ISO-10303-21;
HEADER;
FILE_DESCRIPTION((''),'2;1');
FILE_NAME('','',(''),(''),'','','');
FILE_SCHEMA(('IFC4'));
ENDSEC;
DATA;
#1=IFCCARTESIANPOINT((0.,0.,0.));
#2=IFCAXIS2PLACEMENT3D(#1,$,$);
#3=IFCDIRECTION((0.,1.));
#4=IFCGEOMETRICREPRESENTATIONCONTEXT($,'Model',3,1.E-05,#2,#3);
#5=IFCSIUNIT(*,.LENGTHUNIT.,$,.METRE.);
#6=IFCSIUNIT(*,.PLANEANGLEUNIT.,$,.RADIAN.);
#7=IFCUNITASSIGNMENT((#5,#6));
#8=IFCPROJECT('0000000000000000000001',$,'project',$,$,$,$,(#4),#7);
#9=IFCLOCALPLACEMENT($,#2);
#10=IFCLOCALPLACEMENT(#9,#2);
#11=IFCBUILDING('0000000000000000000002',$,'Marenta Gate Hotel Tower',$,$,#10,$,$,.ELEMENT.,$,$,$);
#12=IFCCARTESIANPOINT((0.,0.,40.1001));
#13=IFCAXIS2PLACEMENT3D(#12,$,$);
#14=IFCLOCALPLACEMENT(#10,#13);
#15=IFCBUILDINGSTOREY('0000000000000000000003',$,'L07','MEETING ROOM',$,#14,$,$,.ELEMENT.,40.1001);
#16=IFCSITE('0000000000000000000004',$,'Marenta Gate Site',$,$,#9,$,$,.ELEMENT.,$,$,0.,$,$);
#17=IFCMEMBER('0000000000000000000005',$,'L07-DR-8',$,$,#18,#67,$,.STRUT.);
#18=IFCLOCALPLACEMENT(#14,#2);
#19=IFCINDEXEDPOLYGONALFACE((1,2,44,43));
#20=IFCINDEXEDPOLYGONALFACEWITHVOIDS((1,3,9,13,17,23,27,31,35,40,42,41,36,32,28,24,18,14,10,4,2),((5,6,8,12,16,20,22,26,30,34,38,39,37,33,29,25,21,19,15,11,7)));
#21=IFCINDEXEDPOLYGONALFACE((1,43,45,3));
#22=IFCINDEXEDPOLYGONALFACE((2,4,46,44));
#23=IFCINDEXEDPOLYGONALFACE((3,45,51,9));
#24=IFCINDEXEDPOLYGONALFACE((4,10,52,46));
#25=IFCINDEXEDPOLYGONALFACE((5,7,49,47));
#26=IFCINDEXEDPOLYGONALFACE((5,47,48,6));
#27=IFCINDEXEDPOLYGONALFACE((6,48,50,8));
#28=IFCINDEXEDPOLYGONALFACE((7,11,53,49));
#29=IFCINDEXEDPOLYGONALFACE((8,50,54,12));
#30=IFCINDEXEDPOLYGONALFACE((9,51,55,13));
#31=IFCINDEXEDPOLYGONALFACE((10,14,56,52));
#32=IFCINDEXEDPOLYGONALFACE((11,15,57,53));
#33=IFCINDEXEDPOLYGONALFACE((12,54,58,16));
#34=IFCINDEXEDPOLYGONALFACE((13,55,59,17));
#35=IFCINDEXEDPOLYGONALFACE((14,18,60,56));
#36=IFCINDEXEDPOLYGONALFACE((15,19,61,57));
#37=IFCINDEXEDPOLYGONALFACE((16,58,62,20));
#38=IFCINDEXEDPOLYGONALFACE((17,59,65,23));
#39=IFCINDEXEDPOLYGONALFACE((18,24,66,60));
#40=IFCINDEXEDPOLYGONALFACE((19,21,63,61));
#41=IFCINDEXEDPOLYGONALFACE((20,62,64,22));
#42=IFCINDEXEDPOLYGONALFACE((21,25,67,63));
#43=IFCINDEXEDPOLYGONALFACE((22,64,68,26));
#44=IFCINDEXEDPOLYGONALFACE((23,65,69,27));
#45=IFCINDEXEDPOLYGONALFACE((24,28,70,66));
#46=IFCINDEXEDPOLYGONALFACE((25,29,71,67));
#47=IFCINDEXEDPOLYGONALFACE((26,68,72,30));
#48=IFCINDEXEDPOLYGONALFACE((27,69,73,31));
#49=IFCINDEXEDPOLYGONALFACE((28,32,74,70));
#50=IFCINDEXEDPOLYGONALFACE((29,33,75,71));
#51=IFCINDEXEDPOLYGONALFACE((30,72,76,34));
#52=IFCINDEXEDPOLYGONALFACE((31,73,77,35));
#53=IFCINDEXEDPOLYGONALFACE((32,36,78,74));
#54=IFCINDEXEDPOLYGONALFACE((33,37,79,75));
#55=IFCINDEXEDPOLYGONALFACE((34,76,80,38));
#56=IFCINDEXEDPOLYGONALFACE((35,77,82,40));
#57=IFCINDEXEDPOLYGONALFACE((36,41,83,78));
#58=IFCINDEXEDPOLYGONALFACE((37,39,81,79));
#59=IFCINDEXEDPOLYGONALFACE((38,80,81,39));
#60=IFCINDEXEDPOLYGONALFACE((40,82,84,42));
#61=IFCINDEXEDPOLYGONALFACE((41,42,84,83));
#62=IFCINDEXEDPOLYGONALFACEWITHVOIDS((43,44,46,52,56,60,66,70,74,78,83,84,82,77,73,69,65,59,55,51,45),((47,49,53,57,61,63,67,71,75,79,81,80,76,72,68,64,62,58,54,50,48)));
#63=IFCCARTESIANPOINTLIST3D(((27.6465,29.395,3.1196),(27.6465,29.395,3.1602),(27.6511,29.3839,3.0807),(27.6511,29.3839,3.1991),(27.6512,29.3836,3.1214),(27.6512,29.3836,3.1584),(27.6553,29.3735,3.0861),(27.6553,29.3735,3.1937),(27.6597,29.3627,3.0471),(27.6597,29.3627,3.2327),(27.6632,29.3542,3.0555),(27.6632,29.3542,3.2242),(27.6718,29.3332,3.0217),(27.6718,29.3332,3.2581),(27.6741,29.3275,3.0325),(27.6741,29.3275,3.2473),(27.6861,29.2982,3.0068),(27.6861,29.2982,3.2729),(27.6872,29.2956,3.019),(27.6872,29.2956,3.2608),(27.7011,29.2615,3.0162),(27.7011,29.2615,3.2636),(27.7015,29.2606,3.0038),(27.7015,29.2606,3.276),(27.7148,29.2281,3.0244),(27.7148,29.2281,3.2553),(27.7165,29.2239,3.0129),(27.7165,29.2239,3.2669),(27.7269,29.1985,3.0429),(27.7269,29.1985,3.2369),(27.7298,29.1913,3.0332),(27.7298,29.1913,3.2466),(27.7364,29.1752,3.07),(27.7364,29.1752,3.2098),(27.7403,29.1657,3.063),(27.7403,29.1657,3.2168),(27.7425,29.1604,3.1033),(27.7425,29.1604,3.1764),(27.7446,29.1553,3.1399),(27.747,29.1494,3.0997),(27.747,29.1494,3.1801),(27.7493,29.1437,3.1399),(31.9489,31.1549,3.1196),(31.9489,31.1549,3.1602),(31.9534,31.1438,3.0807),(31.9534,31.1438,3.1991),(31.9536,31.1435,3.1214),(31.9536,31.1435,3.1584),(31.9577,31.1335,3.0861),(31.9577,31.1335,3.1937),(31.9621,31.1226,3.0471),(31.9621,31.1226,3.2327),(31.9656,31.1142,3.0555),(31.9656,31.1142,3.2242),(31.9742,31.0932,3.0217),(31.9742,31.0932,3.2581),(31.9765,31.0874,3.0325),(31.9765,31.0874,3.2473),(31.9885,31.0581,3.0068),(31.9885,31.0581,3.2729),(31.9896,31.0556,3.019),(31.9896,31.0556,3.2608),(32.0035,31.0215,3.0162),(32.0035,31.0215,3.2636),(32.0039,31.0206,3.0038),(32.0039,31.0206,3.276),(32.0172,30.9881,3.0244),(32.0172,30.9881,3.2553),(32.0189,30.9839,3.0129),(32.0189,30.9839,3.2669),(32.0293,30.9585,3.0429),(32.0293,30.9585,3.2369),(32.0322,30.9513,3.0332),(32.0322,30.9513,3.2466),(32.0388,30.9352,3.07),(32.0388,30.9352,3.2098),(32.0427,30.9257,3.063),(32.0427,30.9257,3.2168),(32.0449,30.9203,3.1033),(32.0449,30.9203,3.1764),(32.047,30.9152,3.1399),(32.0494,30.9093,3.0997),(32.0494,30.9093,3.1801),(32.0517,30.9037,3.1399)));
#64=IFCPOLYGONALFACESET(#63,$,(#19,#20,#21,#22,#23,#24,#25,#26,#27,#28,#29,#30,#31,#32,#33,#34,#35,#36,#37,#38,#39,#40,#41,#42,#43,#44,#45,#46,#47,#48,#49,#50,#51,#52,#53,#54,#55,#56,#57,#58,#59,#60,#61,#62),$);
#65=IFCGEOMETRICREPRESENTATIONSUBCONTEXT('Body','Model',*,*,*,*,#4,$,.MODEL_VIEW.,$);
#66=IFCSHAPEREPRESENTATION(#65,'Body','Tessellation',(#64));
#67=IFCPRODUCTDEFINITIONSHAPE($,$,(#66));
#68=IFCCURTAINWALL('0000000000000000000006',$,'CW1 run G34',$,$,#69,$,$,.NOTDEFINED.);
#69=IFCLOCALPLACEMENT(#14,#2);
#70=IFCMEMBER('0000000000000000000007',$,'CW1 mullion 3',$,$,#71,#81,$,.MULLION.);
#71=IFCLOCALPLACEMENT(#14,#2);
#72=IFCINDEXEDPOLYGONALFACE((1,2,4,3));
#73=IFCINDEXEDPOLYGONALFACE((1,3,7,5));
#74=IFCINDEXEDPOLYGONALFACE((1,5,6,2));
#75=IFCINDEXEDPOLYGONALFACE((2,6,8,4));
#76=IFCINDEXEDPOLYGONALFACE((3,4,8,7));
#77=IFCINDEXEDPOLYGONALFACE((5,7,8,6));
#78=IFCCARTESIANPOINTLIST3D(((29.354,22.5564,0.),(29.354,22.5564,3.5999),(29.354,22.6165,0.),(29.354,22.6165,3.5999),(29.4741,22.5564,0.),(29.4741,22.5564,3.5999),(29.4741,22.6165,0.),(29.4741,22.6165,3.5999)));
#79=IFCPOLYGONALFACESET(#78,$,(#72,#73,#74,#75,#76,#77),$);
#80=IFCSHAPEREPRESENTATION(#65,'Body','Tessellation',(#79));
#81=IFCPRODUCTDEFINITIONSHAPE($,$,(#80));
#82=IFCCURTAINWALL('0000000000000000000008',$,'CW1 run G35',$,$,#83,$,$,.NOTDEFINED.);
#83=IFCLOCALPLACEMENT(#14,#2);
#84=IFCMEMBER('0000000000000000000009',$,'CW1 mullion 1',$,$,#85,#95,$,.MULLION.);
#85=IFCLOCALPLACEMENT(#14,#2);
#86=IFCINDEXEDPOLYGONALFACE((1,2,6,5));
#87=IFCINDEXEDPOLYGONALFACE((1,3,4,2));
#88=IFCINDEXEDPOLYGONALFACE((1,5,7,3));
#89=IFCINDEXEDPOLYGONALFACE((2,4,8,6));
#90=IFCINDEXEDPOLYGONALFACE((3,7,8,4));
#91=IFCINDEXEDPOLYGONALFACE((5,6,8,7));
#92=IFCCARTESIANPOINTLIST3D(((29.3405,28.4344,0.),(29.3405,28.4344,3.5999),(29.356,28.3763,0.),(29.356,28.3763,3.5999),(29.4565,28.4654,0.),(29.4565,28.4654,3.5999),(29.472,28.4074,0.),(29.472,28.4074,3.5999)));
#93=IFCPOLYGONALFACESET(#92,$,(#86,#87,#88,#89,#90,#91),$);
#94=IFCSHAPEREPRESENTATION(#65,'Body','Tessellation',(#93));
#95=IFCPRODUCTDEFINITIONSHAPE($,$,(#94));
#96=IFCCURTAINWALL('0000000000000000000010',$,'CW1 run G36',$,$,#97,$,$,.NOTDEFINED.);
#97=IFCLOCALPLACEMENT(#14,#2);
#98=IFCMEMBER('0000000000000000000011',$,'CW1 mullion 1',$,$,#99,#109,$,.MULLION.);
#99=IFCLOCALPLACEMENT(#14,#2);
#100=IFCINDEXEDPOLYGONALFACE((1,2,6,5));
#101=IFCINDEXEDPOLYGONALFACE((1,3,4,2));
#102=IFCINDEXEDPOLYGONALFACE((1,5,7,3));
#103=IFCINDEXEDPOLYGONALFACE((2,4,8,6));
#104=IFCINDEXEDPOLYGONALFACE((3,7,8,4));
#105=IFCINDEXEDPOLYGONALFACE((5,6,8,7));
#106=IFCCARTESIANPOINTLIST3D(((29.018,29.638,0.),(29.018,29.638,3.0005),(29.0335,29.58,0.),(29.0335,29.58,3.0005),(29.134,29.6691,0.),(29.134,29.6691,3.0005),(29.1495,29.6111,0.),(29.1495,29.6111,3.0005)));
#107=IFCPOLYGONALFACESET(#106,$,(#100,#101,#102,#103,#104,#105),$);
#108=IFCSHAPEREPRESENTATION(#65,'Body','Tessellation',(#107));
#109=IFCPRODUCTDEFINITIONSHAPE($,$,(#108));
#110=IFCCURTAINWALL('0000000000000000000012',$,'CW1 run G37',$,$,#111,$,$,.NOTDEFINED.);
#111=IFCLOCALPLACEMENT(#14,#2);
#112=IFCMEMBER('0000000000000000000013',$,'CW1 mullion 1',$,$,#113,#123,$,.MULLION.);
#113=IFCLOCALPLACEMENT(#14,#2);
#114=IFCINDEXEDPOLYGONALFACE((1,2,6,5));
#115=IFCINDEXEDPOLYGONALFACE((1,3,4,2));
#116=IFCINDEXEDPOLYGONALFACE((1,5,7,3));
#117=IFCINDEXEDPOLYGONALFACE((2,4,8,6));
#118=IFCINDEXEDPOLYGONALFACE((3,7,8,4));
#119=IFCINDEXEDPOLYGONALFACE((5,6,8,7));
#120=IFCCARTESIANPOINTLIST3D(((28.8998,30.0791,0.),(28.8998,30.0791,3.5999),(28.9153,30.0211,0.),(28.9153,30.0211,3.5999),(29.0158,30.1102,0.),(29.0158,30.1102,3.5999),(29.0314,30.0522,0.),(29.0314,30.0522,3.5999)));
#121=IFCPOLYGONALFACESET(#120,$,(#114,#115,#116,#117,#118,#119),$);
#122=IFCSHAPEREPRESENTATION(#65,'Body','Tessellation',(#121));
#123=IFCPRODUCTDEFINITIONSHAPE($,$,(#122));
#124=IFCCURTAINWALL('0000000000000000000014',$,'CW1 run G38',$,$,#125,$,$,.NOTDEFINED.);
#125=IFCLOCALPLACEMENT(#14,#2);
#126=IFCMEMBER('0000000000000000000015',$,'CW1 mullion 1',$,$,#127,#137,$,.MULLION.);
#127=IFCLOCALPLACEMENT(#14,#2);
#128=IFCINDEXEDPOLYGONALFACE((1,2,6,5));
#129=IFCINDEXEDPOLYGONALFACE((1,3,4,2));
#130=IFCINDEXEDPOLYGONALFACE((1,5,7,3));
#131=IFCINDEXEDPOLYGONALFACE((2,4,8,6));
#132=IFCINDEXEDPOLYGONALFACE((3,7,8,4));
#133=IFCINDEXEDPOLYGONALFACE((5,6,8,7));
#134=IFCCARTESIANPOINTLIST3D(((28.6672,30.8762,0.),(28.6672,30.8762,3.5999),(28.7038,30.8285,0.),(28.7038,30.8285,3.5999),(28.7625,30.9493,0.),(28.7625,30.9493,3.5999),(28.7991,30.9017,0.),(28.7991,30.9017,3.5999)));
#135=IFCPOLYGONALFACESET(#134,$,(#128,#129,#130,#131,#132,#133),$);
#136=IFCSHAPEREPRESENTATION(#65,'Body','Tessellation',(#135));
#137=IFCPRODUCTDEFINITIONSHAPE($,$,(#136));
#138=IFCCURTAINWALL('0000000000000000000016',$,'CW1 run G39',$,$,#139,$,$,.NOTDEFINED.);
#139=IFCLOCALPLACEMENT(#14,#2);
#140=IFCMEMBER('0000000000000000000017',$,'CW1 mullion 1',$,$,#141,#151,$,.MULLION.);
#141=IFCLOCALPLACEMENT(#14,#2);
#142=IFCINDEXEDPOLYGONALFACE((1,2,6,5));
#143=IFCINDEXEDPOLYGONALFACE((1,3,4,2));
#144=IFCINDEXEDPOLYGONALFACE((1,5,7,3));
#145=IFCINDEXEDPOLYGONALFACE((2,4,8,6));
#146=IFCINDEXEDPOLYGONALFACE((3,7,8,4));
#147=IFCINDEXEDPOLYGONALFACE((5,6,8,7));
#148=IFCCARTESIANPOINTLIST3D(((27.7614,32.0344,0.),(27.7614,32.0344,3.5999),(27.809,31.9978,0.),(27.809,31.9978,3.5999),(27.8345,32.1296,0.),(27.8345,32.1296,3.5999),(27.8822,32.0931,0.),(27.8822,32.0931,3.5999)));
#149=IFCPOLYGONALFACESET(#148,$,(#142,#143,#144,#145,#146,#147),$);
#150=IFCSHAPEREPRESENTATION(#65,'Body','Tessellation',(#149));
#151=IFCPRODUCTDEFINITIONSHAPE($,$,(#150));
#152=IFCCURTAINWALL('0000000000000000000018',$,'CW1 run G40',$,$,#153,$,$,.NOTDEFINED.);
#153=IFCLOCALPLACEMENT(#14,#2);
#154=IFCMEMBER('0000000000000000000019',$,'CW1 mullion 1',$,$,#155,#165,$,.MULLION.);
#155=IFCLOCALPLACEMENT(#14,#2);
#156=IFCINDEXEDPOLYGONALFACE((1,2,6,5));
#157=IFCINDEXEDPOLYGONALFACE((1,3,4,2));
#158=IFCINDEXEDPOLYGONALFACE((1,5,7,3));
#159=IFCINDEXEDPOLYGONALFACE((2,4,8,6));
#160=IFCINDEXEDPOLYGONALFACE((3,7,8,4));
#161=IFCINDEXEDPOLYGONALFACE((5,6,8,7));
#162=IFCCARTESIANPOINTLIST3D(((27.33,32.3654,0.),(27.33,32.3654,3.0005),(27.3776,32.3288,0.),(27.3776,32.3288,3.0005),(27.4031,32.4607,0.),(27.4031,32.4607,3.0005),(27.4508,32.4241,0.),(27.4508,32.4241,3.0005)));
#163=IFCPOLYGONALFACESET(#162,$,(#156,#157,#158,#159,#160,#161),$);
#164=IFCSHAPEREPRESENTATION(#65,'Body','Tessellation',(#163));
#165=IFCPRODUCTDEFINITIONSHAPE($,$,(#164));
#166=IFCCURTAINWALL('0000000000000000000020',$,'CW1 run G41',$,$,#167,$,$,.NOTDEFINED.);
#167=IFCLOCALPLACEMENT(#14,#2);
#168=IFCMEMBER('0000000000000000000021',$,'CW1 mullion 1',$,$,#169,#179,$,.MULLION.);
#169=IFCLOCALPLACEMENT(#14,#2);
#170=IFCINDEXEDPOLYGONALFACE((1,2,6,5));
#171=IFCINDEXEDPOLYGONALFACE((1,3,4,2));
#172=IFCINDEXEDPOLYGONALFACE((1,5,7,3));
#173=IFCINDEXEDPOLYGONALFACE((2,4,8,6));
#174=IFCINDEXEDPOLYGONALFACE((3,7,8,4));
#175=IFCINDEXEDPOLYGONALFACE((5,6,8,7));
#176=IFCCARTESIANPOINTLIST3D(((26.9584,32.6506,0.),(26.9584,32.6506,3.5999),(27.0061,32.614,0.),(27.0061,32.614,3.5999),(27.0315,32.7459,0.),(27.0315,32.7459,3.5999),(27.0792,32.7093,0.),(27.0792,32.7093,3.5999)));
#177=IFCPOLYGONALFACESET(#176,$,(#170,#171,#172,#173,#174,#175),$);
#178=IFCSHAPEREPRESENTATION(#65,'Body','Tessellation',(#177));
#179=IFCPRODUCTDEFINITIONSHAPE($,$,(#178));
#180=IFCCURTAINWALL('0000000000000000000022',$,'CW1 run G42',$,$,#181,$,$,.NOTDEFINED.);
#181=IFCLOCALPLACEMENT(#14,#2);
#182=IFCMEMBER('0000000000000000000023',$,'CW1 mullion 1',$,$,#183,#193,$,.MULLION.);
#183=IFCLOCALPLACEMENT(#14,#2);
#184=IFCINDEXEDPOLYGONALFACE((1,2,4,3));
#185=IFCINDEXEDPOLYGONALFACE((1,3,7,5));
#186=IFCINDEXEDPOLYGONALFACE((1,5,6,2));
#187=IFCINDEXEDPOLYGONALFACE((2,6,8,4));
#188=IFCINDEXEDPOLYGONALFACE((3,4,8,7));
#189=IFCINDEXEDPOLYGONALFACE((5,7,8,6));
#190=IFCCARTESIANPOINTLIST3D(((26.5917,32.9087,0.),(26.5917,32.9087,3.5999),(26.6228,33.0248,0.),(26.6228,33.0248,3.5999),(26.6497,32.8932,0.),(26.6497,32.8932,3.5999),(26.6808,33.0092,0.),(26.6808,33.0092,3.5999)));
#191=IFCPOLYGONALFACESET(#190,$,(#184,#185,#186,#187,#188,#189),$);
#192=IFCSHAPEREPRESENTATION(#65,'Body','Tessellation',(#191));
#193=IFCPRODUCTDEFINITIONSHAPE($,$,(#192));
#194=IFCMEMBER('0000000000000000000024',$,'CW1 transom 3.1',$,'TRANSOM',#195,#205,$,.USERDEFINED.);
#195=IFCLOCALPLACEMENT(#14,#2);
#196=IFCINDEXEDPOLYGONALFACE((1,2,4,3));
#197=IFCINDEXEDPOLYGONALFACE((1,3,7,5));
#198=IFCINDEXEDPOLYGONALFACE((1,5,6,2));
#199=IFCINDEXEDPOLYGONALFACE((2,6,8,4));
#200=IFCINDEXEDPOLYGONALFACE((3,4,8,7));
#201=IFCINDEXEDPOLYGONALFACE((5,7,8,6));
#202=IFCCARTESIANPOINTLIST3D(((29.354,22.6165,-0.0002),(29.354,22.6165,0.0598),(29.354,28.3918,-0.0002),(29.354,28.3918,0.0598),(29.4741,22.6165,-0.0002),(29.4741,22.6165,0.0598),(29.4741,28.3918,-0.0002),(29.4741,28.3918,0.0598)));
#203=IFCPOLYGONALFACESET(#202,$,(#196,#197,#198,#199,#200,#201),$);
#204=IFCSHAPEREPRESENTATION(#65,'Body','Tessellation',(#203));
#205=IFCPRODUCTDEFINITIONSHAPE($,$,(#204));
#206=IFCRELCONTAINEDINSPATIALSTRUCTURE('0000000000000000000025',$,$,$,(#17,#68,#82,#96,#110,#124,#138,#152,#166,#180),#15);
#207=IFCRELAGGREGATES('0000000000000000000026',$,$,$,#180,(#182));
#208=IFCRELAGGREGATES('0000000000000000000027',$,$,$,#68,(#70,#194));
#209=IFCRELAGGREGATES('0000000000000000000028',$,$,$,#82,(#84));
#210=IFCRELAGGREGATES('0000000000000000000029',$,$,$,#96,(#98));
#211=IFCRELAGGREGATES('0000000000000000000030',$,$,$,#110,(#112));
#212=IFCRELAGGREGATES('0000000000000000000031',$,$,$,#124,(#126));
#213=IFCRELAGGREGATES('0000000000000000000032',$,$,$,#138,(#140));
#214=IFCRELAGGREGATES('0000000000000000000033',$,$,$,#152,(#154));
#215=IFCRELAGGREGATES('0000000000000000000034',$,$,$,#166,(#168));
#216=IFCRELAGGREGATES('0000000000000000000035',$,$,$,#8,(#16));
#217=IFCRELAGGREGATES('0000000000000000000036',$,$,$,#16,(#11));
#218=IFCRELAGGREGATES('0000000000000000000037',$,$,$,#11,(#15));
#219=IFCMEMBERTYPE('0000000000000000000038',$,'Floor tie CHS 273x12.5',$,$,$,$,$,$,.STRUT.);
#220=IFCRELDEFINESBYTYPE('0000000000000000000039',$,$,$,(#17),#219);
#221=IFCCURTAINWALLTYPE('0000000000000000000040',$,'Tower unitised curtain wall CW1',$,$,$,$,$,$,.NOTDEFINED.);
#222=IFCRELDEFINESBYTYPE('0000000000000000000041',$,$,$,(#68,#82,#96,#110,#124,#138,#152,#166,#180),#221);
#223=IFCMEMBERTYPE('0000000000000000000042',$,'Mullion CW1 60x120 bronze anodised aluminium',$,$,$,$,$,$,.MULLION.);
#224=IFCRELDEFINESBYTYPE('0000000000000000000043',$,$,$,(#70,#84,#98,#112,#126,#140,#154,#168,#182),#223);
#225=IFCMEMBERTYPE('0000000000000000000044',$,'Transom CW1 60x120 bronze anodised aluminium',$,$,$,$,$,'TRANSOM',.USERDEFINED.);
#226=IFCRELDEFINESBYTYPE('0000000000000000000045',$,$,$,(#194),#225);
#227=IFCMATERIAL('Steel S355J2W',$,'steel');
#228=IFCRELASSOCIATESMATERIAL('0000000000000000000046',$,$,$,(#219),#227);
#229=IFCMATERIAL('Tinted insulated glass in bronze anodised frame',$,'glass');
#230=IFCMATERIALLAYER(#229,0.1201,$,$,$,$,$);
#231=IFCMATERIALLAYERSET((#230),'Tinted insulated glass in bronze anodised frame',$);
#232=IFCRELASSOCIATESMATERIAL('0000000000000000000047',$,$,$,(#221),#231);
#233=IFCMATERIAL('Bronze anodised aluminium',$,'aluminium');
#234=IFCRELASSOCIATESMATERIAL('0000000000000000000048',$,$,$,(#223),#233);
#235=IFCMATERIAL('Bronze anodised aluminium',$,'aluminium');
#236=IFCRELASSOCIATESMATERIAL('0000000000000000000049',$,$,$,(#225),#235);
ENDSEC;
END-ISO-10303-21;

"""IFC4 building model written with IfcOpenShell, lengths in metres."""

from ifc_helpers import new_model, si_unit, direction, frame, origin, origin_2d, place, context, subcontext, project, spatial, rectangle, hollow_circle, extrude, material, layer, layer_set, material_profile, profile_set, type_object, element, aggregate, save


model = new_model("IFC4")

# Units and contexts
model_context = context("Model", 3, precision=1e-05, world=origin(), true_north=direction((0.0, 1.0)))
body_context = subcontext(model_context, "Body", "Model", "MODEL_VIEW")
ifc_project = project(units=[si_unit("LENGTHUNIT", "METRE"), si_unit("PLANEANGLEUNIT", "RADIAN")], contexts=[model_context])

# Site, building, storey
site_placement = place(None, origin())
site = spatial("IfcSite", under=ifc_project, at=site_placement, Name="Marenta Gate Site", CompositionType="ELEMENT", RefElevation=0.0)
building_placement = place(site_placement, origin())
building = spatial("IfcBuilding", under=site, at=building_placement, Name="Marenta Gate Hotel Tower", CompositionType="ELEMENT")
storey_placement = place(building_placement, frame((0.0, 0.0, 40.1001)))
storey = spatial("IfcBuildingStorey", under=building, at=storey_placement, Name="L07", Description="MEETING ROOM", CompositionType="ELEMENT", Elevation=40.1001)

# Member
ifc_material_1 = material(Name="Steel S355J2W", Category="steel")
ifc_material_profile_1 = material_profile(ifc_material_1, hollow_circle(Radius=0.1365, WallThickness=0.0125, at=origin_2d()), Name="CHS 273x12.5")
ifc_profile_set_1 = profile_set([ifc_material_profile_1], Name="Steel S355J2W")
member_type_1 = type_object("IfcMemberType", Name="Floor tie CHS 273x12.5", PredefinedType="STRUT", material=ifc_profile_set_1)
member_1_placement = place(storey_placement, frame((32.0, 31.03, 3.1399), z_axis=(-0.925554, -0.378614, 0.0), x_axis=(0.378614, -0.925554, 0.0)))
element("IfcMember", 1, at=member_1_placement, inside=storey, type_object=member_type_1, Name="L07-DR-8", PredefinedType="STRUT", context=body_context, shape_type="SweptSolid", body=[
    extrude(hollow_circle(Radius=0.1365, WallThickness=0.0125, at=origin_2d()), origin(), (0.0, 0.0, 1.0), 4.6484),
])

# Curtain walls, members
ifc_material_2 = material(Name="Tinted insulated glass in bronze anodised frame", Category="glass")
ifc_layer_1 = layer(ifc_material_2, 0.1201)
ifc_layer_set_1 = layer_set([ifc_layer_1], Name="Tinted insulated glass in bronze anodised frame")
curtain_wall_type = type_object("IfcCurtainWallType", Name="Tower unitised curtain wall CW1", PredefinedType="NOTDEFINED", material=ifc_layer_set_1)
curtain_wall_1_placement = place(storey_placement, origin())
curtain_wall_1 = element("IfcCurtainWall", 2, at=curtain_wall_1_placement, inside=storey, type_object=curtain_wall_type, Name="CW1 run G34", PredefinedType="NOTDEFINED")
ifc_material_3 = material(Name="Bronze anodised aluminium", Category="aluminium")
ifc_material_profile_2 = material_profile(ifc_material_3, rectangle(XDim=0.1201, YDim=0.0601, at=origin_2d()), Name="Mullion CW1 60x120 bronze anodised aluminium")
ifc_profile_set_2 = profile_set([ifc_material_profile_2], Name="Bronze anodised aluminium")
member_type_2 = type_object("IfcMemberType", Name="Mullion CW1 60x120 bronze anodised aluminium", PredefinedType="MULLION", material=ifc_profile_set_2)
member_2_placement = place(storey_placement, frame((29.4141, 22.5864, 0.0), z_axis=(0.0, 0.0, 1.0), x_axis=(-1.0, 0.0, 0.0)))
member_2 = element("IfcMember", 3, at=member_2_placement, type_object=member_type_2, Name="CW1 mullion 3", PredefinedType="MULLION", context=body_context, shape_type="SweptSolid", body=[
    extrude(rectangle(XDim=0.1201, YDim=0.0601, at=origin_2d()), origin(), (0.0, 0.0, 1.0), 3.5999),
])
curtain_wall_2_placement = place(storey_placement, origin())
curtain_wall_2 = element("IfcCurtainWall", 4, at=curtain_wall_2_placement, inside=storey, type_object=curtain_wall_type, Name="CW1 run G35", PredefinedType="NOTDEFINED")
member_3_placement = place(storey_placement, frame((29.4062, 28.4209, 0.0), z_axis=(0.0, 0.0, 1.0), x_axis=(-0.965927, -0.258816, 0.0)))
member_3 = element("IfcMember", 5, at=member_3_placement, type_object=member_type_2, Name="CW1 mullion 1", PredefinedType="MULLION", context=body_context, shape_type="SweptSolid", body=[
    extrude(rectangle(XDim=0.1201, YDim=0.0601, at=origin_2d()), origin(), (0.0, 0.0, 1.0), 3.5999),
])
curtain_wall_3_placement = place(storey_placement, origin())
curtain_wall_3 = element("IfcCurtainWall", 6, at=curtain_wall_3_placement, inside=storey, type_object=curtain_wall_type, Name="CW1 run G36", PredefinedType="NOTDEFINED")
member_4_placement = place(storey_placement, frame((29.0837, 29.6245, 0.0), z_axis=(0.0, 0.0, 1.0), x_axis=(-0.965922, -0.258835, 0.0)))
member_4 = element("IfcMember", 7, at=member_4_placement, type_object=member_type_2, Name="CW1 mullion 1", PredefinedType="MULLION", context=body_context, shape_type="SweptSolid", body=[
    extrude(rectangle(XDim=0.1201, YDim=0.0601, at=origin_2d()), origin(), (0.0, 0.0, 1.0), 3.0005),
])
curtain_wall_4_placement = place(storey_placement, origin())
curtain_wall_4 = element("IfcCurtainWall", 8, at=curtain_wall_4_placement, inside=storey, type_object=curtain_wall_type, Name="CW1 run G37", PredefinedType="NOTDEFINED")
member_5_placement = place(storey_placement, frame((28.9656, 30.0657, 0.0), z_axis=(0.0, 0.0, 1.0), x_axis=(-0.965925, -0.258823, 0.0)))
member_5 = element("IfcMember", 9, at=member_5_placement, type_object=member_type_2, Name="CW1 mullion 1", PredefinedType="MULLION", context=body_context, shape_type="SweptSolid", body=[
    extrude(rectangle(XDim=0.1201, YDim=0.0601, at=origin_2d()), origin(), (0.0, 0.0, 1.0), 3.5999),
])
curtain_wall_5_placement = place(storey_placement, origin())
curtain_wall_5 = element("IfcCurtainWall", 10, at=curtain_wall_5_placement, inside=storey, type_object=curtain_wall_type, Name="CW1 run G38", PredefinedType="NOTDEFINED")
member_6_placement = place(storey_placement, frame((28.7332, 30.8889, 0.0), z_axis=(0.0, 0.0, 1.0), x_axis=(-0.793338, -0.608781, 0.0)))
member_6 = element("IfcMember", 11, at=member_6_placement, type_object=member_type_2, Name="CW1 mullion 1", PredefinedType="MULLION", context=body_context, shape_type="SweptSolid", body=[
    extrude(rectangle(XDim=0.1201, YDim=0.0601, at=origin_2d()), origin(), (0.0, 0.0, 1.0), 3.5999),
])
curtain_wall_6_placement = place(storey_placement, origin())
curtain_wall_6 = element("IfcCurtainWall", 12, at=curtain_wall_6_placement, inside=storey, type_object=curtain_wall_type, Name="CW1 run G39", PredefinedType="NOTDEFINED")
member_7_placement = place(storey_placement, frame((27.8218, 32.0637, 0.0), z_axis=(0.0, 0.0, 1.0), x_axis=(-0.608795, -0.793328, 0.0)))
member_7 = element("IfcMember", 13, at=member_7_placement, type_object=member_type_2, Name="CW1 mullion 1", PredefinedType="MULLION", context=body_context, shape_type="SweptSolid", body=[
    extrude(rectangle(XDim=0.1201, YDim=0.0601, at=origin_2d()), origin(), (0.0, 0.0, 1.0), 3.5999),
])
curtain_wall_7_placement = place(storey_placement, origin())
curtain_wall_7 = element("IfcCurtainWall", 14, at=curtain_wall_7_placement, inside=storey, type_object=curtain_wall_type, Name="CW1 run G40", PredefinedType="NOTDEFINED")
member_8_placement = place(storey_placement, frame((27.3904, 32.3948, 0.0), z_axis=(0.0, 0.0, 1.0), x_axis=(-0.608772, -0.793345, 0.0)))
member_8 = element("IfcMember", 15, at=member_8_placement, type_object=member_type_2, Name="CW1 mullion 1", PredefinedType="MULLION", context=body_context, shape_type="SweptSolid", body=[
    extrude(rectangle(XDim=0.1201, YDim=0.0601, at=origin_2d()), origin(), (0.0, 0.0, 1.0), 3.0005),
])
curtain_wall_8_placement = place(storey_placement, origin())
curtain_wall_8 = element("IfcCurtainWall", 16, at=curtain_wall_8_placement, inside=storey, type_object=curtain_wall_type, Name="CW1 run G41", PredefinedType="NOTDEFINED")
member_9_placement = place(storey_placement, frame((27.0188, 32.6799, 0.0), z_axis=(0.0, 0.0, 1.0), x_axis=(-0.608776, -0.793342, 0.0)))
member_9 = element("IfcMember", 17, at=member_9_placement, type_object=member_type_2, Name="CW1 mullion 1", PredefinedType="MULLION", context=body_context, shape_type="SweptSolid", body=[
    extrude(rectangle(XDim=0.1201, YDim=0.0601, at=origin_2d()), origin(), (0.0, 0.0, 1.0), 3.5999),
])
curtain_wall_9_placement = place(storey_placement, origin())
curtain_wall_9 = element("IfcCurtainWall", 18, at=curtain_wall_9_placement, inside=storey, type_object=curtain_wall_type, Name="CW1 run G42", PredefinedType="NOTDEFINED")
member_10_placement = place(storey_placement, frame((26.6362, 32.959, 0.0), z_axis=(0.0, 0.0, 1.0), x_axis=(-0.258807, -0.965929, 0.0)))
member_10 = element("IfcMember", 19, at=member_10_placement, type_object=member_type_2, Name="CW1 mullion 1", PredefinedType="MULLION", context=body_context, shape_type="SweptSolid", body=[
    extrude(rectangle(XDim=0.1201, YDim=0.0601, at=origin_2d()), origin(), (0.0, 0.0, 1.0), 3.5999),
])

# Member
ifc_material_4 = material(Name="Bronze anodised aluminium", Category="aluminium")
ifc_material_profile_3 = material_profile(ifc_material_4, rectangle(XDim=0.1201, YDim=0.0601, at=origin_2d()), Name="Transom CW1 60x120 bronze anodised aluminium")
ifc_profile_set_3 = profile_set([ifc_material_profile_3], Name="Bronze anodised aluminium")
member_type_3 = type_object("IfcMemberType", Name="Transom CW1 60x120 bronze anodised aluminium", ElementType="TRANSOM", PredefinedType="USERDEFINED", material=ifc_profile_set_3)
member_11_placement = place(storey_placement, frame((29.4141, 22.6165, 0.0298), z_axis=(0.0, 1.0, 0.0), x_axis=(-1.0, 0.0, 0.0)))
member_11 = element("IfcMember", 20, at=member_11_placement, type_object=member_type_3, Name="CW1 transom 3.1", ObjectType="TRANSOM", PredefinedType="USERDEFINED", context=body_context, shape_type="SweptSolid", body=[
    extrude(rectangle(XDim=0.1201, YDim=0.0601, at=origin_2d()), origin(), (0.0, 0.0, 1.0), 5.7754),
])
aggregate(curtain_wall_9, [member_10])

aggregate(curtain_wall_1, [member_2, member_11])
aggregate(curtain_wall_2, [member_3])
aggregate(curtain_wall_3, [member_4])
aggregate(curtain_wall_4, [member_5])
aggregate(curtain_wall_5, [member_6])
aggregate(curtain_wall_6, [member_7])
aggregate(curtain_wall_7, [member_8])
aggregate(curtain_wall_8, [member_9])

save(model, "model.ifc")
